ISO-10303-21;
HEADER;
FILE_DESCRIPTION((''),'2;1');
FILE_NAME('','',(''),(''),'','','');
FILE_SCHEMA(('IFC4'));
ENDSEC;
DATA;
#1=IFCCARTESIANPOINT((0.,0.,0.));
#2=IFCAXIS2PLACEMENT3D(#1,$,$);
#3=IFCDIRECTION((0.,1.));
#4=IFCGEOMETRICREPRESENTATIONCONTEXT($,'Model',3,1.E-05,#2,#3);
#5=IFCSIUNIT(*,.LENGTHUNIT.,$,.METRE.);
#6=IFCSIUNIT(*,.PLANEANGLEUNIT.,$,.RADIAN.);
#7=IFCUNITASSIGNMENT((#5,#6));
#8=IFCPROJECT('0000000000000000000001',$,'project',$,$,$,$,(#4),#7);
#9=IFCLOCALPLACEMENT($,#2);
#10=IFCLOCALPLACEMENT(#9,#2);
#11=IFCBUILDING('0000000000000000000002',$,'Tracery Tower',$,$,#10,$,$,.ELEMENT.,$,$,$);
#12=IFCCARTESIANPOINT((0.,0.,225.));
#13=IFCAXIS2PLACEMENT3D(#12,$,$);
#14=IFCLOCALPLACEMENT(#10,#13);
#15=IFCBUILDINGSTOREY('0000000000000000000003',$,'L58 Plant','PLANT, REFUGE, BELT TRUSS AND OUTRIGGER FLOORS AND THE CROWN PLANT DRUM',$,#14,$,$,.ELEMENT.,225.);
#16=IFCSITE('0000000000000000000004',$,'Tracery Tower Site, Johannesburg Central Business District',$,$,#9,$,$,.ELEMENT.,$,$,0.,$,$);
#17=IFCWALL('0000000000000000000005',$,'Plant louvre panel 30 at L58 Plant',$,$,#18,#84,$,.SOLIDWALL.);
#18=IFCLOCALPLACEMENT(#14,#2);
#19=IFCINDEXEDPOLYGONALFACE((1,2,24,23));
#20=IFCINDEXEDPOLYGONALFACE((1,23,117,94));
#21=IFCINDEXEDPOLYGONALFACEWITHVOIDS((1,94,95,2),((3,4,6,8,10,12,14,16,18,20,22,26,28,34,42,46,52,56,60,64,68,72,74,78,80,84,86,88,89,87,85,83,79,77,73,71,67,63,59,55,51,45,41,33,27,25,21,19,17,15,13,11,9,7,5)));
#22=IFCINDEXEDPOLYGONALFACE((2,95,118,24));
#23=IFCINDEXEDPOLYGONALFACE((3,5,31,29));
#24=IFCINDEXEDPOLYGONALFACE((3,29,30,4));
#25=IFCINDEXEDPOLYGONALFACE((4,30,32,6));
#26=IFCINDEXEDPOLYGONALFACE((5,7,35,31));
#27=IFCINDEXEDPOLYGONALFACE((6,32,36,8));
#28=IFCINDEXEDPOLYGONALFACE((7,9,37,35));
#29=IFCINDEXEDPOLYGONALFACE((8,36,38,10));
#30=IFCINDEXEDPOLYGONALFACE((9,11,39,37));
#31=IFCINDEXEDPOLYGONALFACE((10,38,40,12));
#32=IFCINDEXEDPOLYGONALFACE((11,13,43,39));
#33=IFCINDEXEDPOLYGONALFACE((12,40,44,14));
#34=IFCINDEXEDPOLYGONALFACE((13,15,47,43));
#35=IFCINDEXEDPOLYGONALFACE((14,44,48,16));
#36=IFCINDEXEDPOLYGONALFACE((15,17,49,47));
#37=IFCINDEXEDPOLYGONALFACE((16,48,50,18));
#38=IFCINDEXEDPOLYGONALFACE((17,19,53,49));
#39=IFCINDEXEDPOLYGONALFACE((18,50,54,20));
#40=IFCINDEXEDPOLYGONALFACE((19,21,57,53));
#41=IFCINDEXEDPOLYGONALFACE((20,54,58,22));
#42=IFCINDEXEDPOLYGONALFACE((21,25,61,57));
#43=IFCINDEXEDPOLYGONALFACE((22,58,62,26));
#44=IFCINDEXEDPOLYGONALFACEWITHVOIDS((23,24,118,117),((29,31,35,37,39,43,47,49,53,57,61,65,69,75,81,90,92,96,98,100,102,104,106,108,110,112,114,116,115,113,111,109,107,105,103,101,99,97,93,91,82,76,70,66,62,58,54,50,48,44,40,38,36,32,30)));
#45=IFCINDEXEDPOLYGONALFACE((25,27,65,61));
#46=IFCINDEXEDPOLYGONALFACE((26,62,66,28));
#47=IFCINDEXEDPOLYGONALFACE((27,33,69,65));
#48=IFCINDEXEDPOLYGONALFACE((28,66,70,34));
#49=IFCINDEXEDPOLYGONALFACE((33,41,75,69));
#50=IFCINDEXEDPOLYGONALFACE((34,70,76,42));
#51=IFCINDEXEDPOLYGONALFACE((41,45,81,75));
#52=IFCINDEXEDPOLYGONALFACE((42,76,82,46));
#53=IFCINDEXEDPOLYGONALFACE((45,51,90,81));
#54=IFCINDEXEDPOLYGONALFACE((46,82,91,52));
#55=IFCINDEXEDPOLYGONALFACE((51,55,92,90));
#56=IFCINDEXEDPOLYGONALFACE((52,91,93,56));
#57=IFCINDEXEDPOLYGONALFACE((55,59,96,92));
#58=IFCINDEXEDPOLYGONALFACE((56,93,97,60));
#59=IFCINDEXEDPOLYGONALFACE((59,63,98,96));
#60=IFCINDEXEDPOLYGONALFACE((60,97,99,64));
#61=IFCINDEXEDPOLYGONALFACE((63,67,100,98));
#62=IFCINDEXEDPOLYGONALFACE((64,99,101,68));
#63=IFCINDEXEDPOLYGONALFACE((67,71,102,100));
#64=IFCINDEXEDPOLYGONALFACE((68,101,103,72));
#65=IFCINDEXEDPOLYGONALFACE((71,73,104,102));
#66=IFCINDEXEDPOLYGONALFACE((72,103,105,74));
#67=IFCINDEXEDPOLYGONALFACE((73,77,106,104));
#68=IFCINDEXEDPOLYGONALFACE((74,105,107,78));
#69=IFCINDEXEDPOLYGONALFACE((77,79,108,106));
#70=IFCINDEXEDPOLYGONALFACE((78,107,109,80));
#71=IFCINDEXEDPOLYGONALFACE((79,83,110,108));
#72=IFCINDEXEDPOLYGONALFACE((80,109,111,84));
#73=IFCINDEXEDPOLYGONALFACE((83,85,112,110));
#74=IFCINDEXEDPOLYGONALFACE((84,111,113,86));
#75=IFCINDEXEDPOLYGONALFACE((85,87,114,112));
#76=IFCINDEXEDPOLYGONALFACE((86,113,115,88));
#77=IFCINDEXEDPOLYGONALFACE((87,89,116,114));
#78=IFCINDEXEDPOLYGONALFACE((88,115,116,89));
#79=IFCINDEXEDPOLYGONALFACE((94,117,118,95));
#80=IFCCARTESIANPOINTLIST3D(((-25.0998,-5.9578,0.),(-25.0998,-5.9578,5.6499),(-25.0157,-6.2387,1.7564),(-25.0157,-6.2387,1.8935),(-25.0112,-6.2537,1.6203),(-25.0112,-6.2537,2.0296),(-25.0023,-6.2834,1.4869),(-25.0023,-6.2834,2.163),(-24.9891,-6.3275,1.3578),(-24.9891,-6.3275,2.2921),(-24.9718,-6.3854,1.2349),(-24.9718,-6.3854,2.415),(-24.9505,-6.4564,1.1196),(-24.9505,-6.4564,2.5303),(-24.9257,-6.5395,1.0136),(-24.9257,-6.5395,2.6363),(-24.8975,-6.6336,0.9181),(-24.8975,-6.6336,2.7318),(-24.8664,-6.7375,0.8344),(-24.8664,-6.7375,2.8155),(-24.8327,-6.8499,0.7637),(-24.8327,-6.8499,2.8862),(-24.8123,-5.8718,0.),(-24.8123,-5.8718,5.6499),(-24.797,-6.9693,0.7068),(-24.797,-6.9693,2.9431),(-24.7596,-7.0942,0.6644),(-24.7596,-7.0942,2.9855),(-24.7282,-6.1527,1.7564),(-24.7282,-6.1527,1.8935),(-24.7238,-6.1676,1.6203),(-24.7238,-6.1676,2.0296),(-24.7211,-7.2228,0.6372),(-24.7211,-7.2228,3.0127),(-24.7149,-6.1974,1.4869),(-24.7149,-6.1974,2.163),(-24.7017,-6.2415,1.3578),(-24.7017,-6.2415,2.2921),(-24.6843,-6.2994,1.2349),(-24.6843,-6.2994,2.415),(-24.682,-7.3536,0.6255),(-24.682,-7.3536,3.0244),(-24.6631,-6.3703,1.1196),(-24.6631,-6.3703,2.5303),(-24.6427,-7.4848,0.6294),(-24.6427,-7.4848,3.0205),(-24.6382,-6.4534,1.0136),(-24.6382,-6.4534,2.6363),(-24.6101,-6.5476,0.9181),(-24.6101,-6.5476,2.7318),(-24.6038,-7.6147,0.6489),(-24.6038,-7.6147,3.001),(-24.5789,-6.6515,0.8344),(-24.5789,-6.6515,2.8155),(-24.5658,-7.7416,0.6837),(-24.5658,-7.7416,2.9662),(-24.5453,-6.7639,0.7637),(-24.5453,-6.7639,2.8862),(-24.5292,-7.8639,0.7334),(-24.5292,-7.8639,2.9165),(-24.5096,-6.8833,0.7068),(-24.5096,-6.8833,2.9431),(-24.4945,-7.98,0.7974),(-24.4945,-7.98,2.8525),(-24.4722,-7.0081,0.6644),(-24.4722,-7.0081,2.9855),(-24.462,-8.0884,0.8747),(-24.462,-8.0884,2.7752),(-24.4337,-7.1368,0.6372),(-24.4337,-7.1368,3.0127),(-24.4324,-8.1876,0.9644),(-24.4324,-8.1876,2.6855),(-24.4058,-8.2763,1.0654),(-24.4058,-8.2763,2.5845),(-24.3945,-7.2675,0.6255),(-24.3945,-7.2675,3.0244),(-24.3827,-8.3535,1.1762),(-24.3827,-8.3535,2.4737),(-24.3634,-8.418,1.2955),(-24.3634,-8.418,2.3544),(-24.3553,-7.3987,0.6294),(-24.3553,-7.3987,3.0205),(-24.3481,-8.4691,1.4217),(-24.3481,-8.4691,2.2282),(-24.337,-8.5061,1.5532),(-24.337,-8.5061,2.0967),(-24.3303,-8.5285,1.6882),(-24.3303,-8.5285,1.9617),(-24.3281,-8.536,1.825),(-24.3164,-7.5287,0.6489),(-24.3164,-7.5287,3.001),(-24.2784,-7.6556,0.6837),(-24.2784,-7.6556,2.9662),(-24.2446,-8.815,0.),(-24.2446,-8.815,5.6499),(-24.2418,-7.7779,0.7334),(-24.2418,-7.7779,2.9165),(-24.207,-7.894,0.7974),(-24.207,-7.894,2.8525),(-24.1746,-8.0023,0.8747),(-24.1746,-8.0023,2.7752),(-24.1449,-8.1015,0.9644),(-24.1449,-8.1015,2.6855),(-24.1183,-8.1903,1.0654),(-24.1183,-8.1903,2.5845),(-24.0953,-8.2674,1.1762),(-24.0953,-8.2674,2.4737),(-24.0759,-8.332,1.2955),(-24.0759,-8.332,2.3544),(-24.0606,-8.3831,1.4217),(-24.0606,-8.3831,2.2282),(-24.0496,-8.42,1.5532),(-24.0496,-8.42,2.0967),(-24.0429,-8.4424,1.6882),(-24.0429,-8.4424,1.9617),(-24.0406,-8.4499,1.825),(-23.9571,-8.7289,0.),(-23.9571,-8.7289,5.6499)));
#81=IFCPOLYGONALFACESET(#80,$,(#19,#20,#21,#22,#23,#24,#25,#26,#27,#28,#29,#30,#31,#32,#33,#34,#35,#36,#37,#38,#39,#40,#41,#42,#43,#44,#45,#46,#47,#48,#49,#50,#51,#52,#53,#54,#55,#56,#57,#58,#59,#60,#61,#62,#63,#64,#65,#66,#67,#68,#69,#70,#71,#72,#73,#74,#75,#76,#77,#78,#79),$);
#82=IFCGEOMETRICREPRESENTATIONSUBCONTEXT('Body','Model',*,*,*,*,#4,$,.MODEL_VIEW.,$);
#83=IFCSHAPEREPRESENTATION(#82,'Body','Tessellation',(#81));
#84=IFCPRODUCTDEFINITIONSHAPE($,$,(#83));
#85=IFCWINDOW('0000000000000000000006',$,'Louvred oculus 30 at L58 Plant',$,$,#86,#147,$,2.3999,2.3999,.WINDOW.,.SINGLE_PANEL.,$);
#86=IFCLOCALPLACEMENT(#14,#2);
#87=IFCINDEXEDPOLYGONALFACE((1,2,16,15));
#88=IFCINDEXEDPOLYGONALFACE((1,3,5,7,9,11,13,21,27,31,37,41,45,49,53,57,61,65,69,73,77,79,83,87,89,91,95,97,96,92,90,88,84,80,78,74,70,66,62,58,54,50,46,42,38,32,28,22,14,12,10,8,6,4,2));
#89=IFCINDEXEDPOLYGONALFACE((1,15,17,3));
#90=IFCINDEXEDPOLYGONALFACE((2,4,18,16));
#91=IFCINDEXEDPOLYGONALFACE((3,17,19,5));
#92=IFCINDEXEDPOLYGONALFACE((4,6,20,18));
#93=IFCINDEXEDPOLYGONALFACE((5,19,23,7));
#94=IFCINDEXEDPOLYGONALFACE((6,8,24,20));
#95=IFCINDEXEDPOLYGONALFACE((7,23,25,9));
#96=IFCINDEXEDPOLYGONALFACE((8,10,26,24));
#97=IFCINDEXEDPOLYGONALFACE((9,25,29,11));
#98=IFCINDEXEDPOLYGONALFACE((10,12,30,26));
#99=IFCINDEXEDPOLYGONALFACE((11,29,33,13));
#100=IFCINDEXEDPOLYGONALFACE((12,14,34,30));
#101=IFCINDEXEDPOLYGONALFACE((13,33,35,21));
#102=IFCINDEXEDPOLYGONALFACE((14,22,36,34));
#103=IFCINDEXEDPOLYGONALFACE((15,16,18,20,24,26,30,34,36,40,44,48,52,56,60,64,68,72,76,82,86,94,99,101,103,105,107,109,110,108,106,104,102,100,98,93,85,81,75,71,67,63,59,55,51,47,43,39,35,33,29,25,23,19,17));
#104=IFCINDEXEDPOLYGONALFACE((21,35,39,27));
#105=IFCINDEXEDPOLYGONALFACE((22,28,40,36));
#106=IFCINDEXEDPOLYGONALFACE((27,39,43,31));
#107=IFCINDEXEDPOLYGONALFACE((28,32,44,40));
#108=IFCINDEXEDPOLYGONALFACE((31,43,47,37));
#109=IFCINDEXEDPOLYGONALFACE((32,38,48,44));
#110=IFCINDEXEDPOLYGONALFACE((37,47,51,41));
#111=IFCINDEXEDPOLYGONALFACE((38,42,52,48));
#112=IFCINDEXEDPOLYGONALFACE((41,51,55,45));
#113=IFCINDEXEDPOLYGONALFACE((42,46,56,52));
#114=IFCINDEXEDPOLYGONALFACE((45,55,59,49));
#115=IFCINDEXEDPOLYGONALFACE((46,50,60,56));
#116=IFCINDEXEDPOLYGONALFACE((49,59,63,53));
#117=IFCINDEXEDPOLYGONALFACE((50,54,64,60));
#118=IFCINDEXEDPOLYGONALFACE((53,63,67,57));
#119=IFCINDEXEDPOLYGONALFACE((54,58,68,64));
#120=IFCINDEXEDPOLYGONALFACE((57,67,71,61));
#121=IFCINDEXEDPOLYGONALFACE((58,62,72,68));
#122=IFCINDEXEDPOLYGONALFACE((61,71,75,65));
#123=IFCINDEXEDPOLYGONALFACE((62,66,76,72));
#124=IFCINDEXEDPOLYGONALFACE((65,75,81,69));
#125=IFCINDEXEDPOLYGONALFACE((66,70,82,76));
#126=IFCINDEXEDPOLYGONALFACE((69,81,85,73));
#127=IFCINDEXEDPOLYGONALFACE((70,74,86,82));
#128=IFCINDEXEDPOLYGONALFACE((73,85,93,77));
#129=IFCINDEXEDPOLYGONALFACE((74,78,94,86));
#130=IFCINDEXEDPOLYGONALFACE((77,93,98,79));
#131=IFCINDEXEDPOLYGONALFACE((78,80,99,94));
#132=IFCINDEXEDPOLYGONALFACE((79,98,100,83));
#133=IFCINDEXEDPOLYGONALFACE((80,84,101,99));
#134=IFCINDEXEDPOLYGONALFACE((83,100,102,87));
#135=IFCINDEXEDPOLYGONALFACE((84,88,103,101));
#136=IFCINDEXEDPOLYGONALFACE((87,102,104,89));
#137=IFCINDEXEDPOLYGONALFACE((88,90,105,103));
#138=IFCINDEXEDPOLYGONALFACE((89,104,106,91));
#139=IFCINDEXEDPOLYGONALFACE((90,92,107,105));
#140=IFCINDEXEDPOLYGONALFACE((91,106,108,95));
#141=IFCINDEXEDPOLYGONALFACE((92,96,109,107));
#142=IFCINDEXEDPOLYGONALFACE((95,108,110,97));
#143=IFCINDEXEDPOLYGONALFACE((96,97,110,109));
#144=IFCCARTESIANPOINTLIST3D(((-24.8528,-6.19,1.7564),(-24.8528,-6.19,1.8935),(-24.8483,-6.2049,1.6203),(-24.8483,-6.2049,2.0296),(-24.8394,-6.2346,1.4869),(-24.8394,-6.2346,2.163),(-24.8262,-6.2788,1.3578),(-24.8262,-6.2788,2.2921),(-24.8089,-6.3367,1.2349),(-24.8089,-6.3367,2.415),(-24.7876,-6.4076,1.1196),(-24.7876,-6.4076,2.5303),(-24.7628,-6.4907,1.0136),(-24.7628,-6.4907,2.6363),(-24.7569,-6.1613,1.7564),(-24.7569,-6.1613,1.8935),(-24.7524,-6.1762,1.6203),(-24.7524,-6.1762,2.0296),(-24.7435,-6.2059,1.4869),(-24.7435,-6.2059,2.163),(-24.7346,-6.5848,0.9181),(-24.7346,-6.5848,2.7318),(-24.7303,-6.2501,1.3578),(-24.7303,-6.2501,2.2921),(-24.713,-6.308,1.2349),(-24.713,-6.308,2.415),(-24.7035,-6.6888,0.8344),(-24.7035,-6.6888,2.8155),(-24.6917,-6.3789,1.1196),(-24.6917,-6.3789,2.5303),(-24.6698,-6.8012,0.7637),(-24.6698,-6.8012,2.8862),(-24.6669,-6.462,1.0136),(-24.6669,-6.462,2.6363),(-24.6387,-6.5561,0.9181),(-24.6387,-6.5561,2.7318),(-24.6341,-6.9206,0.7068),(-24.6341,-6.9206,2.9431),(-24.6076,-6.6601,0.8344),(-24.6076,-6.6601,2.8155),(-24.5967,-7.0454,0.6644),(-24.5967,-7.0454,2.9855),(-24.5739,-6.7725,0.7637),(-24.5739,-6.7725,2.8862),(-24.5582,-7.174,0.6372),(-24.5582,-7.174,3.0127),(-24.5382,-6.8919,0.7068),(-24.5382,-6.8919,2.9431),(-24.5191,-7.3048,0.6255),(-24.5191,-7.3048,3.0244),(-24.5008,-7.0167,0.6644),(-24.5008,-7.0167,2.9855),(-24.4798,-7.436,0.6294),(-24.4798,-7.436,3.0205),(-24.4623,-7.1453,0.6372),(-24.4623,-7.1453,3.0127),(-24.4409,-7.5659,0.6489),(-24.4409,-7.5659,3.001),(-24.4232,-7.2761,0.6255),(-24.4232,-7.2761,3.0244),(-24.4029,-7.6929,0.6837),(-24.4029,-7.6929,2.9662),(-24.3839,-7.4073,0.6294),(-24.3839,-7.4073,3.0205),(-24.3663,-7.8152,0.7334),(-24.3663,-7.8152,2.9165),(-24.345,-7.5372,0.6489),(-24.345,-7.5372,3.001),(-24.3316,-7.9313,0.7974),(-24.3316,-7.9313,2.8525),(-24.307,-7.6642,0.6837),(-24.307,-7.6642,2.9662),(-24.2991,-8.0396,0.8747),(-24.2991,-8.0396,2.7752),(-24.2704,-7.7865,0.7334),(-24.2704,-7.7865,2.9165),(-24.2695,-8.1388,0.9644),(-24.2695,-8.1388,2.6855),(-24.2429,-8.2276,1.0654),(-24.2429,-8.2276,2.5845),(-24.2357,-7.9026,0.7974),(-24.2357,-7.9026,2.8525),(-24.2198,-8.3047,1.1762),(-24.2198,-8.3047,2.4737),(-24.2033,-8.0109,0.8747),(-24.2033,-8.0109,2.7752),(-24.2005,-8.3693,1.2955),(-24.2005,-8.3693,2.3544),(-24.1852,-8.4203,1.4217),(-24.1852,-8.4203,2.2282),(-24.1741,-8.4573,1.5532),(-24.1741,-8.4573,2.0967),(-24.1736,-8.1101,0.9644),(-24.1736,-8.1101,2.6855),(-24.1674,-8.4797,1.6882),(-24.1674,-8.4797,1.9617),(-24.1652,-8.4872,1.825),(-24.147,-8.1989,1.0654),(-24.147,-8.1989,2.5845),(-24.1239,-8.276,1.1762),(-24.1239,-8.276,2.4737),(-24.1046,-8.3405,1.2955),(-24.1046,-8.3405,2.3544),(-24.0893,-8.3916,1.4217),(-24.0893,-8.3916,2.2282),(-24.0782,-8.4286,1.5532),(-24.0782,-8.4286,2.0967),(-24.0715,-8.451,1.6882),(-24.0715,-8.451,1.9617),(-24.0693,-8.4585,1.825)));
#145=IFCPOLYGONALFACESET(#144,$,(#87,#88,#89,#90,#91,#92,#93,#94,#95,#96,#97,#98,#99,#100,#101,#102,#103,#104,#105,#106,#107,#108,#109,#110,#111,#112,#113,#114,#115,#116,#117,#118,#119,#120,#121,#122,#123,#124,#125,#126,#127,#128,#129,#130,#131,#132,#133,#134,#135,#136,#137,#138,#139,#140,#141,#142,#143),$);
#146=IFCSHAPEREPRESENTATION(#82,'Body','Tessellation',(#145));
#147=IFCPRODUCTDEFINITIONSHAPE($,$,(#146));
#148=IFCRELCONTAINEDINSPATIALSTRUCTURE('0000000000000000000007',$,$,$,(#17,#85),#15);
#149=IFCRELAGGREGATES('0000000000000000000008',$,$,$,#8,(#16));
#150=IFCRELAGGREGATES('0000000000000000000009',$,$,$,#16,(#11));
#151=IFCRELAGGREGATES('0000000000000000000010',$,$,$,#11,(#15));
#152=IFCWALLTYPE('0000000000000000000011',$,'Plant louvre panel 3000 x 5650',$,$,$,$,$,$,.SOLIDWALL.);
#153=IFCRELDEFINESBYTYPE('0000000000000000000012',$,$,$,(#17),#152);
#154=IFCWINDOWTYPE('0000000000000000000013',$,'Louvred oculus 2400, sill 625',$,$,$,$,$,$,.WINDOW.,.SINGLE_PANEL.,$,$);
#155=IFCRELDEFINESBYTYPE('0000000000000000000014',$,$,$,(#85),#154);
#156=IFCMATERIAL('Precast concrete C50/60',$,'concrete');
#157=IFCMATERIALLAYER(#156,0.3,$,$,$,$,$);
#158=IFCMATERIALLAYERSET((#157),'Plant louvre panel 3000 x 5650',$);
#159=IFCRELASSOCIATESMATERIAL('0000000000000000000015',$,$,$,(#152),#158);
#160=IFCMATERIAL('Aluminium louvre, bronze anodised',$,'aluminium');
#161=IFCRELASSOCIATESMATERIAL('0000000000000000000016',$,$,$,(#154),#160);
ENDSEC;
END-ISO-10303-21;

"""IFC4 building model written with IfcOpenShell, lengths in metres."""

from ifc_helpers import new_model, si_unit, direction, frame, frame_2d, origin, origin_2d, place, context, subcontext, project, spatial, rectangle, circle, extrude, material, layer, layer_set, type_object, element, fill, save


model = new_model("IFC4")

# Units and contexts
model_context = context("Model", 3, precision=1e-05, world=origin(), true_north=direction((0.0, 1.0)))
body_context = subcontext(model_context, "Body", "Model", "MODEL_VIEW")
ifc_project = project(units=[si_unit("LENGTHUNIT", "METRE"), si_unit("PLANEANGLEUNIT", "RADIAN")], contexts=[model_context])

# Site, building, storey
site_placement = place(None, origin())
site = spatial("IfcSite", under=ifc_project, at=site_placement, Name="Tracery Tower Site, Johannesburg Central Business District", CompositionType="ELEMENT", RefElevation=0.0)
building_placement = place(site_placement, origin())
building = spatial("IfcBuilding", under=site, at=building_placement, Name="Tracery Tower", CompositionType="ELEMENT")
storey_placement = place(building_placement, frame((0.0, 0.0, 225.0)))
storey = spatial("IfcBuildingStorey", under=building, at=storey_placement, Name="L58 Plant", Description="PLANT, REFUGE, BELT TRUSS AND OUTRIGGER FLOORS AND THE CROWN PLANT DRUM", CompositionType="ELEMENT", Elevation=225.0)

# Wall, opening, window
ifc_material_1 = material(Name="Precast concrete C50/60", Category="concrete")
ifc_layer_1 = layer(ifc_material_1, 0.3)
ifc_layer_set_1 = layer_set([ifc_layer_1], Name="Plant louvre panel 3000 x 5650")
wall_type_1 = type_object("IfcWallType", Name="Plant louvre panel 3000 x 5650", PredefinedType="SOLIDWALL", material=ifc_layer_set_1)
ifc_material_2 = material(Name="Aluminium louvre, bronze anodised", Category="aluminium")
window_type = type_object("IfcWindowType", Name="Louvred oculus 2400, sill 625", PartitioningType="SINGLE_PANEL", PredefinedType="WINDOW", material=ifc_material_2)
wall_1_placement = place(storey_placement, frame((-24.9561, -5.9148, 0.0), z_axis=(0.0, 0.0, 1.0), x_axis=(0.286755, -0.958004, 0.0)))
wall_1 = element("IfcWall", 1, at=wall_1_placement, inside=storey, type_object=wall_type_1, Name="Plant louvre panel 30 at L58 Plant", PredefinedType="SOLIDWALL", context=body_context, shape_type="SweptSolid", body=[
    extrude(rectangle(XDim=2.9824, YDim=0.3, at=frame_2d((1.4912, 0.0))), origin(), (0.0, 0.0, 1.0), 5.6499),
])
opening_1_placement = place(wall_1_placement, frame((1.4912, 0.0, 1.825)))
opening_1 = element("IfcOpeningElement", 2, at=opening_1_placement, cuts=wall_1, PredefinedType="OPENING", context=body_context, shape_type="SweptSolid", body=[
    extrude(circle(Radius=1.2, at=origin_2d()), frame((0.0, 0.1599, 0.0), z_axis=(0.0, -1.0, 0.0), x_axis=(1.0, 0.0, 0.0)), (0.0, 0.0, 1.0), 0.3201),
])
window_1_placement = place(opening_1_placement, origin())
window_1 = element("IfcWindow", 3, at=window_1_placement, inside=storey, type_object=window_type, Name="Louvred oculus 30 at L58 Plant", OverallHeight=2.3999, OverallWidth=2.3999, PartitioningType="SINGLE_PANEL", PredefinedType="WINDOW", context=body_context, shape_type="SweptSolid", body=[
    extrude(circle(Radius=1.2, at=origin_2d()), frame((0.0, 0.1201, 0.0), z_axis=(0.0, -1.0, 0.0), x_axis=(1.0, 0.0, 0.0)), (0.0, 0.0, 1.0), 0.1001),
])
fill(opening_1, window_1)

save(model, "model.ifc")
